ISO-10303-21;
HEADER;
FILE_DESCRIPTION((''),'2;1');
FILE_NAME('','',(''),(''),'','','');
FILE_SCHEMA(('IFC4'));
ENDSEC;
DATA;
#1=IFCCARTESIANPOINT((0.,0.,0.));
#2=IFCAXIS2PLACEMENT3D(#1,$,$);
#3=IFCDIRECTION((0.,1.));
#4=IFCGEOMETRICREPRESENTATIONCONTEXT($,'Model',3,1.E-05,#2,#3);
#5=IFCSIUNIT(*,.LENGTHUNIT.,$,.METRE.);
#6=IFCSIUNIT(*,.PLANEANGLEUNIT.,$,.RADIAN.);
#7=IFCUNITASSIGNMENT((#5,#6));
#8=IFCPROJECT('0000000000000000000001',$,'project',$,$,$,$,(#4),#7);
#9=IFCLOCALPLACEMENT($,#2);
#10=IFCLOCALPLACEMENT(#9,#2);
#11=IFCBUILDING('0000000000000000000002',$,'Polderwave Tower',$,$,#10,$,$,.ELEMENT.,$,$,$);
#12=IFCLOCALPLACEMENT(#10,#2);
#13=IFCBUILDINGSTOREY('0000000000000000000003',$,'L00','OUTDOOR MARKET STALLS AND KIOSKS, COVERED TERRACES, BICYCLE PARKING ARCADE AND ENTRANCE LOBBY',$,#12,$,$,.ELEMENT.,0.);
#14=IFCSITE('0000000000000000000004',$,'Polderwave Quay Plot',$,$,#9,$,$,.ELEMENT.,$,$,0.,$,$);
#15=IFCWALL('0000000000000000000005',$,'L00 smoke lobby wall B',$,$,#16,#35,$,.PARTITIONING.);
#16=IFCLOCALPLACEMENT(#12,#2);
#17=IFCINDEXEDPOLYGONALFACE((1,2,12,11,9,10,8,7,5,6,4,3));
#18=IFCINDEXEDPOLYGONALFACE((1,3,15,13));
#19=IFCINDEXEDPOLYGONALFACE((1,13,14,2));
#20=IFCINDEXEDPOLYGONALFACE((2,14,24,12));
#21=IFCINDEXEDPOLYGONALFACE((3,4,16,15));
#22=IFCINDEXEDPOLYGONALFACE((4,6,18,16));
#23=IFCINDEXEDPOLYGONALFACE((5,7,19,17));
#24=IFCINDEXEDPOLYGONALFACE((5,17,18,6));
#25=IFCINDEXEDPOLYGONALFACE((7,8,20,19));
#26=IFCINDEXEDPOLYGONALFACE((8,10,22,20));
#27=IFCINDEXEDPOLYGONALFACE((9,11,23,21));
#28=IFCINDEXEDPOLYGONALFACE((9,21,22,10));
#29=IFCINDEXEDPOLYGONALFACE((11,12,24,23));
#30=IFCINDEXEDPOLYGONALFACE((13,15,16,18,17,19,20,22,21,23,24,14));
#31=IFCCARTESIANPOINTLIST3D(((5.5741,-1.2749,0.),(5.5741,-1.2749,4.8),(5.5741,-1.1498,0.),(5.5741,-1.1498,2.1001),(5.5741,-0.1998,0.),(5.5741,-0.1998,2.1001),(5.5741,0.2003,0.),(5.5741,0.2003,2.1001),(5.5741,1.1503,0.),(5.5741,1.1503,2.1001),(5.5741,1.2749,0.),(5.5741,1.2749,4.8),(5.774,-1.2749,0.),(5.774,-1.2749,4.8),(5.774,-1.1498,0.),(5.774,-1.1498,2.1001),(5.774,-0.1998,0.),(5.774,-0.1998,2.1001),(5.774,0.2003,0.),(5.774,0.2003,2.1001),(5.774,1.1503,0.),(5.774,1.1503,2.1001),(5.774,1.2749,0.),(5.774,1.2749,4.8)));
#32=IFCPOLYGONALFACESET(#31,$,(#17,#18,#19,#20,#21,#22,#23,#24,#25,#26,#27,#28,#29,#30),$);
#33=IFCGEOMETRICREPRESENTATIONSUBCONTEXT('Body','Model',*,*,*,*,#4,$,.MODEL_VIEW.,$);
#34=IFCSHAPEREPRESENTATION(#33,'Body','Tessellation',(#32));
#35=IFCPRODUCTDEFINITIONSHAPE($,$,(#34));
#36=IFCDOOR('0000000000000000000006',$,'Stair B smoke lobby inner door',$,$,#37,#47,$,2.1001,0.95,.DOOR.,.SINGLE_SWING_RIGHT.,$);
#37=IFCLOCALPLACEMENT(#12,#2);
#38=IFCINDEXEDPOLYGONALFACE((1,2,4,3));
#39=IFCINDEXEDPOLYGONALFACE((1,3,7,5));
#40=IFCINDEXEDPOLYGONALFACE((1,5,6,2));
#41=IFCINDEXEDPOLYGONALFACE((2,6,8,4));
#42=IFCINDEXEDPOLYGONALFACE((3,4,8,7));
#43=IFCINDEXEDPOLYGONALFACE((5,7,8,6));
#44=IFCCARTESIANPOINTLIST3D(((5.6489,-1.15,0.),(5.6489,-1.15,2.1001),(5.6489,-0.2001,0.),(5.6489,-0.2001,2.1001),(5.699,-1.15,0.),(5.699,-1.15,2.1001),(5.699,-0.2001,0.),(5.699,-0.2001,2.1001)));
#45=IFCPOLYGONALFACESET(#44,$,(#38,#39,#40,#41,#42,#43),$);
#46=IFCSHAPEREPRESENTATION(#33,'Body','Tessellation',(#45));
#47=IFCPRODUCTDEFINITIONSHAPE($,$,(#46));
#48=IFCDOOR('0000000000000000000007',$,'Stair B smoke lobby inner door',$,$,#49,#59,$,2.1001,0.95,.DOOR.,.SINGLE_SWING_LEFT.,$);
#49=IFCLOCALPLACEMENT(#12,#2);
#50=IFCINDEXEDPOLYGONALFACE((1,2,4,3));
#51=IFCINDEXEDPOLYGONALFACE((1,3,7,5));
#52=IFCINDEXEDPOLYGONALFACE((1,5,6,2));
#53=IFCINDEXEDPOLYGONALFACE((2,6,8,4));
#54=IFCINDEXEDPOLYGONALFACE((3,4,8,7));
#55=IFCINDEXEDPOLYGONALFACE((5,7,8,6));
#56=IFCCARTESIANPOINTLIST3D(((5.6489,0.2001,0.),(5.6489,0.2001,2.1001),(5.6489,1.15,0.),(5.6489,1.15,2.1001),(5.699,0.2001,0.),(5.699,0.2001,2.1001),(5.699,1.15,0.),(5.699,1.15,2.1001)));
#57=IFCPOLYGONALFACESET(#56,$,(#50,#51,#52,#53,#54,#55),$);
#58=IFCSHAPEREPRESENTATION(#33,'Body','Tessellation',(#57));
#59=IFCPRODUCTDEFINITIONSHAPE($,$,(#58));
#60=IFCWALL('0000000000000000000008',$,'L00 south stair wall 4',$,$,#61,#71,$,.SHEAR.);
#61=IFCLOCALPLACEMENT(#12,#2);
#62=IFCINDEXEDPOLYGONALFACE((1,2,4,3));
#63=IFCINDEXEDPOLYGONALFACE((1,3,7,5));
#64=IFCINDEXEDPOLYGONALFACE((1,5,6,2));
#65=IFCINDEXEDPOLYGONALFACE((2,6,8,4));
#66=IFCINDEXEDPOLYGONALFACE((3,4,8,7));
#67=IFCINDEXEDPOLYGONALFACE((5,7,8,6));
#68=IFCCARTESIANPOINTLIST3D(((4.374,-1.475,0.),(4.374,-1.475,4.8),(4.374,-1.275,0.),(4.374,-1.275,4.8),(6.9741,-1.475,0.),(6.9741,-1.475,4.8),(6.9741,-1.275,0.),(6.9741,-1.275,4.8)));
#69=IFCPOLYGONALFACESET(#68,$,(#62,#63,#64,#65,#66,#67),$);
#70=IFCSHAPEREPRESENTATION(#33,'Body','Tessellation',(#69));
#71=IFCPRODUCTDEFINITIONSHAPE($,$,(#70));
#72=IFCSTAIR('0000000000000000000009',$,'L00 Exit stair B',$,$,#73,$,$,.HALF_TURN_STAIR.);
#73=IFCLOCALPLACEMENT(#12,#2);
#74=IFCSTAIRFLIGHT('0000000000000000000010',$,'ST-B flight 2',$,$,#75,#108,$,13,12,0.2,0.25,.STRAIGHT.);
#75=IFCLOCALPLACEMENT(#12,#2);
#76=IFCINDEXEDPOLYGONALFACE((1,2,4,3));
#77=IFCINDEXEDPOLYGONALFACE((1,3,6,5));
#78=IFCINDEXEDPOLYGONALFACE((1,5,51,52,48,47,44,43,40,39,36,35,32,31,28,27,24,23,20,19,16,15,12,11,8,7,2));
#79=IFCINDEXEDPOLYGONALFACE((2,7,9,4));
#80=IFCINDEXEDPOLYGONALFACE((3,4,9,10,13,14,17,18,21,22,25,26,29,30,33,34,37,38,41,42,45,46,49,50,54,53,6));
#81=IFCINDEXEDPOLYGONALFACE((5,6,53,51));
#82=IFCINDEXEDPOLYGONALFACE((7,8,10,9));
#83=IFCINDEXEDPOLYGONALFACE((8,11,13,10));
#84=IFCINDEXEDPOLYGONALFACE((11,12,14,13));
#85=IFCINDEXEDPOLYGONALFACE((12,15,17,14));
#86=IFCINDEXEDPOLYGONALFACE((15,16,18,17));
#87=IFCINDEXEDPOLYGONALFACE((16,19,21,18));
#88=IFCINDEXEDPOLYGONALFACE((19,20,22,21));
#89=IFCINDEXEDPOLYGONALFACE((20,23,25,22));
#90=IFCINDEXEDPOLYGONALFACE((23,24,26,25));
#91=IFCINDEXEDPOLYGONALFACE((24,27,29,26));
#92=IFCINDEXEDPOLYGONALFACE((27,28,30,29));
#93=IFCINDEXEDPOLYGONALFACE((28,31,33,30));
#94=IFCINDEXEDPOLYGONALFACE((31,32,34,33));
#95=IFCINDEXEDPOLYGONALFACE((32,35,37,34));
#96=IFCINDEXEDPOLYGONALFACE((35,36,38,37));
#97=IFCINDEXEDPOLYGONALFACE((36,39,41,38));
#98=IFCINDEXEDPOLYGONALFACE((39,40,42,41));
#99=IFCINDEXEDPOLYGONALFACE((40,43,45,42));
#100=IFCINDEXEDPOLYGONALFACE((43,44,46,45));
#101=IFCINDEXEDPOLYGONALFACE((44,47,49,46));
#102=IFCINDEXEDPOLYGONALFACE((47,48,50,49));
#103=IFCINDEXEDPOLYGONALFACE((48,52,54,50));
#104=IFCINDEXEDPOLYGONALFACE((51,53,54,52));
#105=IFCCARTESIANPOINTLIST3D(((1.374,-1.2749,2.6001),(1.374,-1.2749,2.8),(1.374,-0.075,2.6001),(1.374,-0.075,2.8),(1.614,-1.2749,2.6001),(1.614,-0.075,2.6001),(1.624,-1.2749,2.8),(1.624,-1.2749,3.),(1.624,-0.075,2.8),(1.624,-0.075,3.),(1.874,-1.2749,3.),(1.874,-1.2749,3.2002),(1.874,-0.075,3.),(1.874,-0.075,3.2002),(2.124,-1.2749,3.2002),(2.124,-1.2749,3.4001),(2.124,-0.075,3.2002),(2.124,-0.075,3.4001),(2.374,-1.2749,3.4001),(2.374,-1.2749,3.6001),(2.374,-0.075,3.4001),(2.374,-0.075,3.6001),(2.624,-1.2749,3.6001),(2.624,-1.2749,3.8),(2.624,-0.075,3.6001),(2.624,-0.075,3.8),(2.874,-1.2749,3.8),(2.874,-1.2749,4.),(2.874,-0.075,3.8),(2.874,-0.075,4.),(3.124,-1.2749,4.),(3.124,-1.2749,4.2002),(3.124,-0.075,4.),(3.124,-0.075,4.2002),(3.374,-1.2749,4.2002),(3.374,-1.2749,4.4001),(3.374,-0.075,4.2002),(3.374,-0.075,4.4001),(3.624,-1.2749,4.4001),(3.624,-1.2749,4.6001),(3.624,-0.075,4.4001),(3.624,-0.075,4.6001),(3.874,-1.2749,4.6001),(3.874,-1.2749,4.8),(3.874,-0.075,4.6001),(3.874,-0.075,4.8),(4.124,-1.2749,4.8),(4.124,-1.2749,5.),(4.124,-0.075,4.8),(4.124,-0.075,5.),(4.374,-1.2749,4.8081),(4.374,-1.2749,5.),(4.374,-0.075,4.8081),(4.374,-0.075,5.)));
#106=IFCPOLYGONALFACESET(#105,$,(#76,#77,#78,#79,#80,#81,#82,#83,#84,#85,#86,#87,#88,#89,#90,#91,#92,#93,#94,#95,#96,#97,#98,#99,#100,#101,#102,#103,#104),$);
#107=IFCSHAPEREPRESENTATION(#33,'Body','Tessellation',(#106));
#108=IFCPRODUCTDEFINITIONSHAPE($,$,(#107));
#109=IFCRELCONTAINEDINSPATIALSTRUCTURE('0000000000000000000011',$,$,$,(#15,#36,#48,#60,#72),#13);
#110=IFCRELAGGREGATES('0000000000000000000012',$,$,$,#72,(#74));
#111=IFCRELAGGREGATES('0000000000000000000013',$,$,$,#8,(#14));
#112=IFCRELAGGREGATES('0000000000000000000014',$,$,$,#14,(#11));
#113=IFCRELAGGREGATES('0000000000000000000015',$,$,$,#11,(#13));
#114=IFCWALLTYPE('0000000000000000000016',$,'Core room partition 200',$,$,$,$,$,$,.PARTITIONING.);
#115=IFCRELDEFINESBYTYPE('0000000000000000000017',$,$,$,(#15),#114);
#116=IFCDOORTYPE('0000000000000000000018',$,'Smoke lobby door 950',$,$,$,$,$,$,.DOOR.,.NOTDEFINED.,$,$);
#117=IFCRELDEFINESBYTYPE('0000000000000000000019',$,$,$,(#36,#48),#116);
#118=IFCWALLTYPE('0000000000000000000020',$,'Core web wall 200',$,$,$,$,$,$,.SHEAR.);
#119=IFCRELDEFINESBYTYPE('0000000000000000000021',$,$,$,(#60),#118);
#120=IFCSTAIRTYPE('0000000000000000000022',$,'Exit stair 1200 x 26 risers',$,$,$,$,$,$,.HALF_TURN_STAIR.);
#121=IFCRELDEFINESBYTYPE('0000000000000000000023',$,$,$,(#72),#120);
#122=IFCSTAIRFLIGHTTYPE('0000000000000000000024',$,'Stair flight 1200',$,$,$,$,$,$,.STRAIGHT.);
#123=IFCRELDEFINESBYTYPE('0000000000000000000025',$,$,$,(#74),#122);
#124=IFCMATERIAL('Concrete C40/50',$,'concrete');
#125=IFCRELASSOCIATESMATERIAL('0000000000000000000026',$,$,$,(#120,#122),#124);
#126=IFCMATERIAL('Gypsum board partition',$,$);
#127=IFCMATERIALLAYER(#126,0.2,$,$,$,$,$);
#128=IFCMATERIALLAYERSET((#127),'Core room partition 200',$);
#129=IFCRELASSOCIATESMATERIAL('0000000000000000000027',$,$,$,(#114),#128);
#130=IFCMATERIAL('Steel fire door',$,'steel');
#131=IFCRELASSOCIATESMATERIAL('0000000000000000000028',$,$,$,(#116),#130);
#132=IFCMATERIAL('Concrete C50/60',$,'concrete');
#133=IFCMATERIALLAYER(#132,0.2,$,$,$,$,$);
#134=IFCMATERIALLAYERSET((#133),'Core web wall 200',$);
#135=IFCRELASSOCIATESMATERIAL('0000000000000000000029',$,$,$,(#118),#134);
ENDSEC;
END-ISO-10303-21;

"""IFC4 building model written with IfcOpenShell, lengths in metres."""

from ifc_helpers import new_model, si_unit, direction, frame, frame_2d, origin, place, context, subcontext, project, spatial, polyline, rectangle, outline, extrude, material, layer, layer_set, type_object, element, fill, aggregate, save


model = new_model("IFC4")

# Units and contexts
model_context = context("Model", 3, precision=1e-05, world=origin(), true_north=direction((0.0, 1.0)))
body_context = subcontext(model_context, "Body", "Model", "MODEL_VIEW")
ifc_project = project(units=[si_unit("LENGTHUNIT", "METRE"), si_unit("PLANEANGLEUNIT", "RADIAN")], contexts=[model_context])

# Site, building, storey
site_placement = place(None, origin())
site = spatial("IfcSite", under=ifc_project, at=site_placement, Name="Polderwave Quay Plot", CompositionType="ELEMENT", RefElevation=0.0)
building_placement = place(site_placement, origin())
building = spatial("IfcBuilding", under=site, at=building_placement, Name="Polderwave Tower", CompositionType="ELEMENT")
storey_placement = place(building_placement, origin())
storey = spatial("IfcBuildingStorey", under=building, at=storey_placement, Name="L00", Description="OUTDOOR MARKET STALLS AND KIOSKS, COVERED TERRACES, BICYCLE PARKING ARCADE AND ENTRANCE LOBBY", CompositionType="ELEMENT", Elevation=0.0)

# Shared definitions
ifc_material_1 = material(Name="Concrete C40/50", Category="concrete")

# Shared definitions
stair_type = type_object("IfcStairType", Name="Exit stair 1200 x 26 risers", PredefinedType="HALF_TURN_STAIR", material=ifc_material_1)

# Wall, openings, doors
ifc_material_2 = material(Name="Gypsum board partition")
ifc_layer_1 = layer(ifc_material_2, 0.2)
ifc_layer_set_1 = layer_set([ifc_layer_1], Name="Core room partition 200")
wall_type_1 = type_object("IfcWallType", Name="Core room partition 200", PredefinedType="PARTITIONING", material=ifc_layer_set_1)
wall_1_placement = place(storey_placement, frame((5.6741, -1.2749, 0.0), z_axis=(0.0, 0.0, 1.0), x_axis=(0.0, 1.0, 0.0)))
wall_1 = element("IfcWall", 1, at=wall_1_placement, inside=storey, type_object=wall_type_1, Name="L00 smoke lobby wall B", PredefinedType="PARTITIONING", context=body_context, shape_type="SweptSolid", body=[
    extrude(rectangle(XDim=2.5498, YDim=0.2, at=frame_2d((1.2749, 0.0))), origin(), (0.0, 0.0, 1.0), 4.8),
])
opening_1_placement = place(wall_1_placement, frame((0.125, 0.0, 0.0)))
opening_1 = element("IfcOpeningElement", 2, at=opening_1_placement, cuts=wall_1, PredefinedType="OPENING", context=body_context, shape_type="SweptSolid", body=[
    extrude(rectangle(XDim=0.95, YDim=2.1001, at=frame_2d((0.4751, 1.05))), frame((0.0, 0.1099, 0.0), z_axis=(0.0, -1.0, 0.0), x_axis=(1.0, 0.0, 0.0)), (0.0, 0.0, 1.0), 0.22),
])
opening_2_placement = place(wall_1_placement, frame((1.4751, 0.0, 0.0)))
opening_2 = element("IfcOpeningElement", 3, at=opening_2_placement, cuts=wall_1, PredefinedType="OPENING", context=body_context, shape_type="SweptSolid", body=[
    extrude(rectangle(XDim=0.95, YDim=2.1001, at=frame_2d((0.4751, 1.05))), frame((0.0, 0.1099, 0.0), z_axis=(0.0, -1.0, 0.0), x_axis=(1.0, 0.0, 0.0)), (0.0, 0.0, 1.0), 0.22),
])
ifc_material_3 = material(Name="Steel fire door", Category="steel")
door_type = type_object("IfcDoorType", Name="Smoke lobby door 950", OperationType="NOTDEFINED", PredefinedType="DOOR", material=ifc_material_3)
door_1_placement = place(opening_1_placement, frame((0.95, 0.0, 0.0), z_axis=(0.0, 0.0, 1.0), x_axis=(-1.0, 0.0, 0.0)))
door_1 = element("IfcDoor", 4, at=door_1_placement, inside=storey, type_object=door_type, Name="Stair B smoke lobby inner door", OperationType="SINGLE_SWING_RIGHT", OverallHeight=2.1001, OverallWidth=0.95, PredefinedType="DOOR", context=body_context, shape_type="SweptSolid", body=[
    extrude(rectangle(XDim=0.95, YDim=2.1001, at=frame_2d((0.4751, 1.05))), frame((0.0, 0.0249, 0.0), z_axis=(0.0, -1.0, 0.0), x_axis=(1.0, 0.0, 0.0)), (0.0, 0.0, 1.0), 0.05),
])
fill(opening_1, door_1)
door_2_placement = place(opening_2_placement, frame((0.95, 0.0, 0.0), z_axis=(0.0, 0.0, 1.0), x_axis=(-1.0, 0.0, 0.0)))
door_2 = element("IfcDoor", 5, at=door_2_placement, inside=storey, type_object=door_type, Name="Stair B smoke lobby inner door", OperationType="SINGLE_SWING_LEFT", OverallHeight=2.1001, OverallWidth=0.95, PredefinedType="DOOR", context=body_context, shape_type="SweptSolid", body=[
    extrude(rectangle(XDim=0.95, YDim=2.1001, at=frame_2d((0.4751, 1.05))), frame((0.0, 0.0249, 0.0), z_axis=(0.0, -1.0, 0.0), x_axis=(1.0, 0.0, 0.0)), (0.0, 0.0, 1.0), 0.05),
])
fill(opening_2, door_2)

# Wall
ifc_material_4 = material(Name="Concrete C50/60", Category="concrete")
ifc_layer_2 = layer(ifc_material_4, 0.2)
ifc_layer_set_2 = layer_set([ifc_layer_2], Name="Core web wall 200")
wall_type_2 = type_object("IfcWallType", Name="Core web wall 200", PredefinedType="SHEAR", material=ifc_layer_set_2)
wall_2_placement = place(storey_placement, frame((4.374, -1.375, 0.0), z_axis=(0.0, 0.0, 1.0), x_axis=(1.0, 0.0, 0.0)))
element("IfcWall", 6, at=wall_2_placement, inside=storey, type_object=wall_type_2, Name="L00 south stair wall 4", PredefinedType="SHEAR", context=body_context, shape_type="SweptSolid", body=[
    extrude(rectangle(XDim=2.6001, YDim=0.2, at=frame_2d((1.3, 0.0))), origin(), (0.0, 0.0, 1.0), 4.8),
])

# Stair, stair flight
stair_1_placement = place(storey_placement, origin())
stair_1 = element("IfcStair", 7, at=stair_1_placement, inside=storey, type_object=stair_type, Name="L00 Exit stair B", PredefinedType="HALF_TURN_STAIR")
stair_flight_type = type_object("IfcStairFlightType", Name="Stair flight 1200", PredefinedType="STRAIGHT", material=ifc_material_1)
stair_flight_placement = place(storey_placement, frame((1.374, -0.675, 2.6001), z_axis=(0.0, 0.0, 1.0), x_axis=(1.0, 0.0, 0.0)))
stair_flight = element("IfcStairFlight", 8, at=stair_flight_placement, type_object=stair_flight_type, Name="ST-B flight 2", NumberOfRisers=13, NumberOfTreads=12, PredefinedType="STRAIGHT", RiserHeight=0.2, TreadLength=0.25, context=body_context, shape_type="SweptSolid", body=[
    extrude(outline(polyline([(0.0, 0.0), (0.0, 0.2), (0.25, 0.2), (0.25, 0.3999), (0.5, 0.3999), (0.5, 0.6001), (0.75, 0.6001), (0.75, 0.8), (1.0, 0.8), (1.0, 1.0), (1.25, 1.0), (1.25, 1.2), (1.5, 1.2), (1.5, 1.3999), (1.75, 1.3999), (1.75, 1.6001), (2.0, 1.6001), (2.0, 1.8), (2.25, 1.8), (2.25, 2.0), (2.5, 2.0), (2.5, 2.2), (2.75, 2.2), (2.75, 2.3999), (3.0, 2.3999), (3.0, 2.6001), (3.0, 2.208), (0.24, 0.0), (0.0, 0.0)])), frame((0.0, 0.6001, 0.0), z_axis=(0.0, -1.0, 0.0), x_axis=(1.0, 0.0, 0.0)), (0.0, 0.0, 1.0), 1.2),
])
aggregate(stair_1, [stair_flight])

save(model, "model.ifc")
